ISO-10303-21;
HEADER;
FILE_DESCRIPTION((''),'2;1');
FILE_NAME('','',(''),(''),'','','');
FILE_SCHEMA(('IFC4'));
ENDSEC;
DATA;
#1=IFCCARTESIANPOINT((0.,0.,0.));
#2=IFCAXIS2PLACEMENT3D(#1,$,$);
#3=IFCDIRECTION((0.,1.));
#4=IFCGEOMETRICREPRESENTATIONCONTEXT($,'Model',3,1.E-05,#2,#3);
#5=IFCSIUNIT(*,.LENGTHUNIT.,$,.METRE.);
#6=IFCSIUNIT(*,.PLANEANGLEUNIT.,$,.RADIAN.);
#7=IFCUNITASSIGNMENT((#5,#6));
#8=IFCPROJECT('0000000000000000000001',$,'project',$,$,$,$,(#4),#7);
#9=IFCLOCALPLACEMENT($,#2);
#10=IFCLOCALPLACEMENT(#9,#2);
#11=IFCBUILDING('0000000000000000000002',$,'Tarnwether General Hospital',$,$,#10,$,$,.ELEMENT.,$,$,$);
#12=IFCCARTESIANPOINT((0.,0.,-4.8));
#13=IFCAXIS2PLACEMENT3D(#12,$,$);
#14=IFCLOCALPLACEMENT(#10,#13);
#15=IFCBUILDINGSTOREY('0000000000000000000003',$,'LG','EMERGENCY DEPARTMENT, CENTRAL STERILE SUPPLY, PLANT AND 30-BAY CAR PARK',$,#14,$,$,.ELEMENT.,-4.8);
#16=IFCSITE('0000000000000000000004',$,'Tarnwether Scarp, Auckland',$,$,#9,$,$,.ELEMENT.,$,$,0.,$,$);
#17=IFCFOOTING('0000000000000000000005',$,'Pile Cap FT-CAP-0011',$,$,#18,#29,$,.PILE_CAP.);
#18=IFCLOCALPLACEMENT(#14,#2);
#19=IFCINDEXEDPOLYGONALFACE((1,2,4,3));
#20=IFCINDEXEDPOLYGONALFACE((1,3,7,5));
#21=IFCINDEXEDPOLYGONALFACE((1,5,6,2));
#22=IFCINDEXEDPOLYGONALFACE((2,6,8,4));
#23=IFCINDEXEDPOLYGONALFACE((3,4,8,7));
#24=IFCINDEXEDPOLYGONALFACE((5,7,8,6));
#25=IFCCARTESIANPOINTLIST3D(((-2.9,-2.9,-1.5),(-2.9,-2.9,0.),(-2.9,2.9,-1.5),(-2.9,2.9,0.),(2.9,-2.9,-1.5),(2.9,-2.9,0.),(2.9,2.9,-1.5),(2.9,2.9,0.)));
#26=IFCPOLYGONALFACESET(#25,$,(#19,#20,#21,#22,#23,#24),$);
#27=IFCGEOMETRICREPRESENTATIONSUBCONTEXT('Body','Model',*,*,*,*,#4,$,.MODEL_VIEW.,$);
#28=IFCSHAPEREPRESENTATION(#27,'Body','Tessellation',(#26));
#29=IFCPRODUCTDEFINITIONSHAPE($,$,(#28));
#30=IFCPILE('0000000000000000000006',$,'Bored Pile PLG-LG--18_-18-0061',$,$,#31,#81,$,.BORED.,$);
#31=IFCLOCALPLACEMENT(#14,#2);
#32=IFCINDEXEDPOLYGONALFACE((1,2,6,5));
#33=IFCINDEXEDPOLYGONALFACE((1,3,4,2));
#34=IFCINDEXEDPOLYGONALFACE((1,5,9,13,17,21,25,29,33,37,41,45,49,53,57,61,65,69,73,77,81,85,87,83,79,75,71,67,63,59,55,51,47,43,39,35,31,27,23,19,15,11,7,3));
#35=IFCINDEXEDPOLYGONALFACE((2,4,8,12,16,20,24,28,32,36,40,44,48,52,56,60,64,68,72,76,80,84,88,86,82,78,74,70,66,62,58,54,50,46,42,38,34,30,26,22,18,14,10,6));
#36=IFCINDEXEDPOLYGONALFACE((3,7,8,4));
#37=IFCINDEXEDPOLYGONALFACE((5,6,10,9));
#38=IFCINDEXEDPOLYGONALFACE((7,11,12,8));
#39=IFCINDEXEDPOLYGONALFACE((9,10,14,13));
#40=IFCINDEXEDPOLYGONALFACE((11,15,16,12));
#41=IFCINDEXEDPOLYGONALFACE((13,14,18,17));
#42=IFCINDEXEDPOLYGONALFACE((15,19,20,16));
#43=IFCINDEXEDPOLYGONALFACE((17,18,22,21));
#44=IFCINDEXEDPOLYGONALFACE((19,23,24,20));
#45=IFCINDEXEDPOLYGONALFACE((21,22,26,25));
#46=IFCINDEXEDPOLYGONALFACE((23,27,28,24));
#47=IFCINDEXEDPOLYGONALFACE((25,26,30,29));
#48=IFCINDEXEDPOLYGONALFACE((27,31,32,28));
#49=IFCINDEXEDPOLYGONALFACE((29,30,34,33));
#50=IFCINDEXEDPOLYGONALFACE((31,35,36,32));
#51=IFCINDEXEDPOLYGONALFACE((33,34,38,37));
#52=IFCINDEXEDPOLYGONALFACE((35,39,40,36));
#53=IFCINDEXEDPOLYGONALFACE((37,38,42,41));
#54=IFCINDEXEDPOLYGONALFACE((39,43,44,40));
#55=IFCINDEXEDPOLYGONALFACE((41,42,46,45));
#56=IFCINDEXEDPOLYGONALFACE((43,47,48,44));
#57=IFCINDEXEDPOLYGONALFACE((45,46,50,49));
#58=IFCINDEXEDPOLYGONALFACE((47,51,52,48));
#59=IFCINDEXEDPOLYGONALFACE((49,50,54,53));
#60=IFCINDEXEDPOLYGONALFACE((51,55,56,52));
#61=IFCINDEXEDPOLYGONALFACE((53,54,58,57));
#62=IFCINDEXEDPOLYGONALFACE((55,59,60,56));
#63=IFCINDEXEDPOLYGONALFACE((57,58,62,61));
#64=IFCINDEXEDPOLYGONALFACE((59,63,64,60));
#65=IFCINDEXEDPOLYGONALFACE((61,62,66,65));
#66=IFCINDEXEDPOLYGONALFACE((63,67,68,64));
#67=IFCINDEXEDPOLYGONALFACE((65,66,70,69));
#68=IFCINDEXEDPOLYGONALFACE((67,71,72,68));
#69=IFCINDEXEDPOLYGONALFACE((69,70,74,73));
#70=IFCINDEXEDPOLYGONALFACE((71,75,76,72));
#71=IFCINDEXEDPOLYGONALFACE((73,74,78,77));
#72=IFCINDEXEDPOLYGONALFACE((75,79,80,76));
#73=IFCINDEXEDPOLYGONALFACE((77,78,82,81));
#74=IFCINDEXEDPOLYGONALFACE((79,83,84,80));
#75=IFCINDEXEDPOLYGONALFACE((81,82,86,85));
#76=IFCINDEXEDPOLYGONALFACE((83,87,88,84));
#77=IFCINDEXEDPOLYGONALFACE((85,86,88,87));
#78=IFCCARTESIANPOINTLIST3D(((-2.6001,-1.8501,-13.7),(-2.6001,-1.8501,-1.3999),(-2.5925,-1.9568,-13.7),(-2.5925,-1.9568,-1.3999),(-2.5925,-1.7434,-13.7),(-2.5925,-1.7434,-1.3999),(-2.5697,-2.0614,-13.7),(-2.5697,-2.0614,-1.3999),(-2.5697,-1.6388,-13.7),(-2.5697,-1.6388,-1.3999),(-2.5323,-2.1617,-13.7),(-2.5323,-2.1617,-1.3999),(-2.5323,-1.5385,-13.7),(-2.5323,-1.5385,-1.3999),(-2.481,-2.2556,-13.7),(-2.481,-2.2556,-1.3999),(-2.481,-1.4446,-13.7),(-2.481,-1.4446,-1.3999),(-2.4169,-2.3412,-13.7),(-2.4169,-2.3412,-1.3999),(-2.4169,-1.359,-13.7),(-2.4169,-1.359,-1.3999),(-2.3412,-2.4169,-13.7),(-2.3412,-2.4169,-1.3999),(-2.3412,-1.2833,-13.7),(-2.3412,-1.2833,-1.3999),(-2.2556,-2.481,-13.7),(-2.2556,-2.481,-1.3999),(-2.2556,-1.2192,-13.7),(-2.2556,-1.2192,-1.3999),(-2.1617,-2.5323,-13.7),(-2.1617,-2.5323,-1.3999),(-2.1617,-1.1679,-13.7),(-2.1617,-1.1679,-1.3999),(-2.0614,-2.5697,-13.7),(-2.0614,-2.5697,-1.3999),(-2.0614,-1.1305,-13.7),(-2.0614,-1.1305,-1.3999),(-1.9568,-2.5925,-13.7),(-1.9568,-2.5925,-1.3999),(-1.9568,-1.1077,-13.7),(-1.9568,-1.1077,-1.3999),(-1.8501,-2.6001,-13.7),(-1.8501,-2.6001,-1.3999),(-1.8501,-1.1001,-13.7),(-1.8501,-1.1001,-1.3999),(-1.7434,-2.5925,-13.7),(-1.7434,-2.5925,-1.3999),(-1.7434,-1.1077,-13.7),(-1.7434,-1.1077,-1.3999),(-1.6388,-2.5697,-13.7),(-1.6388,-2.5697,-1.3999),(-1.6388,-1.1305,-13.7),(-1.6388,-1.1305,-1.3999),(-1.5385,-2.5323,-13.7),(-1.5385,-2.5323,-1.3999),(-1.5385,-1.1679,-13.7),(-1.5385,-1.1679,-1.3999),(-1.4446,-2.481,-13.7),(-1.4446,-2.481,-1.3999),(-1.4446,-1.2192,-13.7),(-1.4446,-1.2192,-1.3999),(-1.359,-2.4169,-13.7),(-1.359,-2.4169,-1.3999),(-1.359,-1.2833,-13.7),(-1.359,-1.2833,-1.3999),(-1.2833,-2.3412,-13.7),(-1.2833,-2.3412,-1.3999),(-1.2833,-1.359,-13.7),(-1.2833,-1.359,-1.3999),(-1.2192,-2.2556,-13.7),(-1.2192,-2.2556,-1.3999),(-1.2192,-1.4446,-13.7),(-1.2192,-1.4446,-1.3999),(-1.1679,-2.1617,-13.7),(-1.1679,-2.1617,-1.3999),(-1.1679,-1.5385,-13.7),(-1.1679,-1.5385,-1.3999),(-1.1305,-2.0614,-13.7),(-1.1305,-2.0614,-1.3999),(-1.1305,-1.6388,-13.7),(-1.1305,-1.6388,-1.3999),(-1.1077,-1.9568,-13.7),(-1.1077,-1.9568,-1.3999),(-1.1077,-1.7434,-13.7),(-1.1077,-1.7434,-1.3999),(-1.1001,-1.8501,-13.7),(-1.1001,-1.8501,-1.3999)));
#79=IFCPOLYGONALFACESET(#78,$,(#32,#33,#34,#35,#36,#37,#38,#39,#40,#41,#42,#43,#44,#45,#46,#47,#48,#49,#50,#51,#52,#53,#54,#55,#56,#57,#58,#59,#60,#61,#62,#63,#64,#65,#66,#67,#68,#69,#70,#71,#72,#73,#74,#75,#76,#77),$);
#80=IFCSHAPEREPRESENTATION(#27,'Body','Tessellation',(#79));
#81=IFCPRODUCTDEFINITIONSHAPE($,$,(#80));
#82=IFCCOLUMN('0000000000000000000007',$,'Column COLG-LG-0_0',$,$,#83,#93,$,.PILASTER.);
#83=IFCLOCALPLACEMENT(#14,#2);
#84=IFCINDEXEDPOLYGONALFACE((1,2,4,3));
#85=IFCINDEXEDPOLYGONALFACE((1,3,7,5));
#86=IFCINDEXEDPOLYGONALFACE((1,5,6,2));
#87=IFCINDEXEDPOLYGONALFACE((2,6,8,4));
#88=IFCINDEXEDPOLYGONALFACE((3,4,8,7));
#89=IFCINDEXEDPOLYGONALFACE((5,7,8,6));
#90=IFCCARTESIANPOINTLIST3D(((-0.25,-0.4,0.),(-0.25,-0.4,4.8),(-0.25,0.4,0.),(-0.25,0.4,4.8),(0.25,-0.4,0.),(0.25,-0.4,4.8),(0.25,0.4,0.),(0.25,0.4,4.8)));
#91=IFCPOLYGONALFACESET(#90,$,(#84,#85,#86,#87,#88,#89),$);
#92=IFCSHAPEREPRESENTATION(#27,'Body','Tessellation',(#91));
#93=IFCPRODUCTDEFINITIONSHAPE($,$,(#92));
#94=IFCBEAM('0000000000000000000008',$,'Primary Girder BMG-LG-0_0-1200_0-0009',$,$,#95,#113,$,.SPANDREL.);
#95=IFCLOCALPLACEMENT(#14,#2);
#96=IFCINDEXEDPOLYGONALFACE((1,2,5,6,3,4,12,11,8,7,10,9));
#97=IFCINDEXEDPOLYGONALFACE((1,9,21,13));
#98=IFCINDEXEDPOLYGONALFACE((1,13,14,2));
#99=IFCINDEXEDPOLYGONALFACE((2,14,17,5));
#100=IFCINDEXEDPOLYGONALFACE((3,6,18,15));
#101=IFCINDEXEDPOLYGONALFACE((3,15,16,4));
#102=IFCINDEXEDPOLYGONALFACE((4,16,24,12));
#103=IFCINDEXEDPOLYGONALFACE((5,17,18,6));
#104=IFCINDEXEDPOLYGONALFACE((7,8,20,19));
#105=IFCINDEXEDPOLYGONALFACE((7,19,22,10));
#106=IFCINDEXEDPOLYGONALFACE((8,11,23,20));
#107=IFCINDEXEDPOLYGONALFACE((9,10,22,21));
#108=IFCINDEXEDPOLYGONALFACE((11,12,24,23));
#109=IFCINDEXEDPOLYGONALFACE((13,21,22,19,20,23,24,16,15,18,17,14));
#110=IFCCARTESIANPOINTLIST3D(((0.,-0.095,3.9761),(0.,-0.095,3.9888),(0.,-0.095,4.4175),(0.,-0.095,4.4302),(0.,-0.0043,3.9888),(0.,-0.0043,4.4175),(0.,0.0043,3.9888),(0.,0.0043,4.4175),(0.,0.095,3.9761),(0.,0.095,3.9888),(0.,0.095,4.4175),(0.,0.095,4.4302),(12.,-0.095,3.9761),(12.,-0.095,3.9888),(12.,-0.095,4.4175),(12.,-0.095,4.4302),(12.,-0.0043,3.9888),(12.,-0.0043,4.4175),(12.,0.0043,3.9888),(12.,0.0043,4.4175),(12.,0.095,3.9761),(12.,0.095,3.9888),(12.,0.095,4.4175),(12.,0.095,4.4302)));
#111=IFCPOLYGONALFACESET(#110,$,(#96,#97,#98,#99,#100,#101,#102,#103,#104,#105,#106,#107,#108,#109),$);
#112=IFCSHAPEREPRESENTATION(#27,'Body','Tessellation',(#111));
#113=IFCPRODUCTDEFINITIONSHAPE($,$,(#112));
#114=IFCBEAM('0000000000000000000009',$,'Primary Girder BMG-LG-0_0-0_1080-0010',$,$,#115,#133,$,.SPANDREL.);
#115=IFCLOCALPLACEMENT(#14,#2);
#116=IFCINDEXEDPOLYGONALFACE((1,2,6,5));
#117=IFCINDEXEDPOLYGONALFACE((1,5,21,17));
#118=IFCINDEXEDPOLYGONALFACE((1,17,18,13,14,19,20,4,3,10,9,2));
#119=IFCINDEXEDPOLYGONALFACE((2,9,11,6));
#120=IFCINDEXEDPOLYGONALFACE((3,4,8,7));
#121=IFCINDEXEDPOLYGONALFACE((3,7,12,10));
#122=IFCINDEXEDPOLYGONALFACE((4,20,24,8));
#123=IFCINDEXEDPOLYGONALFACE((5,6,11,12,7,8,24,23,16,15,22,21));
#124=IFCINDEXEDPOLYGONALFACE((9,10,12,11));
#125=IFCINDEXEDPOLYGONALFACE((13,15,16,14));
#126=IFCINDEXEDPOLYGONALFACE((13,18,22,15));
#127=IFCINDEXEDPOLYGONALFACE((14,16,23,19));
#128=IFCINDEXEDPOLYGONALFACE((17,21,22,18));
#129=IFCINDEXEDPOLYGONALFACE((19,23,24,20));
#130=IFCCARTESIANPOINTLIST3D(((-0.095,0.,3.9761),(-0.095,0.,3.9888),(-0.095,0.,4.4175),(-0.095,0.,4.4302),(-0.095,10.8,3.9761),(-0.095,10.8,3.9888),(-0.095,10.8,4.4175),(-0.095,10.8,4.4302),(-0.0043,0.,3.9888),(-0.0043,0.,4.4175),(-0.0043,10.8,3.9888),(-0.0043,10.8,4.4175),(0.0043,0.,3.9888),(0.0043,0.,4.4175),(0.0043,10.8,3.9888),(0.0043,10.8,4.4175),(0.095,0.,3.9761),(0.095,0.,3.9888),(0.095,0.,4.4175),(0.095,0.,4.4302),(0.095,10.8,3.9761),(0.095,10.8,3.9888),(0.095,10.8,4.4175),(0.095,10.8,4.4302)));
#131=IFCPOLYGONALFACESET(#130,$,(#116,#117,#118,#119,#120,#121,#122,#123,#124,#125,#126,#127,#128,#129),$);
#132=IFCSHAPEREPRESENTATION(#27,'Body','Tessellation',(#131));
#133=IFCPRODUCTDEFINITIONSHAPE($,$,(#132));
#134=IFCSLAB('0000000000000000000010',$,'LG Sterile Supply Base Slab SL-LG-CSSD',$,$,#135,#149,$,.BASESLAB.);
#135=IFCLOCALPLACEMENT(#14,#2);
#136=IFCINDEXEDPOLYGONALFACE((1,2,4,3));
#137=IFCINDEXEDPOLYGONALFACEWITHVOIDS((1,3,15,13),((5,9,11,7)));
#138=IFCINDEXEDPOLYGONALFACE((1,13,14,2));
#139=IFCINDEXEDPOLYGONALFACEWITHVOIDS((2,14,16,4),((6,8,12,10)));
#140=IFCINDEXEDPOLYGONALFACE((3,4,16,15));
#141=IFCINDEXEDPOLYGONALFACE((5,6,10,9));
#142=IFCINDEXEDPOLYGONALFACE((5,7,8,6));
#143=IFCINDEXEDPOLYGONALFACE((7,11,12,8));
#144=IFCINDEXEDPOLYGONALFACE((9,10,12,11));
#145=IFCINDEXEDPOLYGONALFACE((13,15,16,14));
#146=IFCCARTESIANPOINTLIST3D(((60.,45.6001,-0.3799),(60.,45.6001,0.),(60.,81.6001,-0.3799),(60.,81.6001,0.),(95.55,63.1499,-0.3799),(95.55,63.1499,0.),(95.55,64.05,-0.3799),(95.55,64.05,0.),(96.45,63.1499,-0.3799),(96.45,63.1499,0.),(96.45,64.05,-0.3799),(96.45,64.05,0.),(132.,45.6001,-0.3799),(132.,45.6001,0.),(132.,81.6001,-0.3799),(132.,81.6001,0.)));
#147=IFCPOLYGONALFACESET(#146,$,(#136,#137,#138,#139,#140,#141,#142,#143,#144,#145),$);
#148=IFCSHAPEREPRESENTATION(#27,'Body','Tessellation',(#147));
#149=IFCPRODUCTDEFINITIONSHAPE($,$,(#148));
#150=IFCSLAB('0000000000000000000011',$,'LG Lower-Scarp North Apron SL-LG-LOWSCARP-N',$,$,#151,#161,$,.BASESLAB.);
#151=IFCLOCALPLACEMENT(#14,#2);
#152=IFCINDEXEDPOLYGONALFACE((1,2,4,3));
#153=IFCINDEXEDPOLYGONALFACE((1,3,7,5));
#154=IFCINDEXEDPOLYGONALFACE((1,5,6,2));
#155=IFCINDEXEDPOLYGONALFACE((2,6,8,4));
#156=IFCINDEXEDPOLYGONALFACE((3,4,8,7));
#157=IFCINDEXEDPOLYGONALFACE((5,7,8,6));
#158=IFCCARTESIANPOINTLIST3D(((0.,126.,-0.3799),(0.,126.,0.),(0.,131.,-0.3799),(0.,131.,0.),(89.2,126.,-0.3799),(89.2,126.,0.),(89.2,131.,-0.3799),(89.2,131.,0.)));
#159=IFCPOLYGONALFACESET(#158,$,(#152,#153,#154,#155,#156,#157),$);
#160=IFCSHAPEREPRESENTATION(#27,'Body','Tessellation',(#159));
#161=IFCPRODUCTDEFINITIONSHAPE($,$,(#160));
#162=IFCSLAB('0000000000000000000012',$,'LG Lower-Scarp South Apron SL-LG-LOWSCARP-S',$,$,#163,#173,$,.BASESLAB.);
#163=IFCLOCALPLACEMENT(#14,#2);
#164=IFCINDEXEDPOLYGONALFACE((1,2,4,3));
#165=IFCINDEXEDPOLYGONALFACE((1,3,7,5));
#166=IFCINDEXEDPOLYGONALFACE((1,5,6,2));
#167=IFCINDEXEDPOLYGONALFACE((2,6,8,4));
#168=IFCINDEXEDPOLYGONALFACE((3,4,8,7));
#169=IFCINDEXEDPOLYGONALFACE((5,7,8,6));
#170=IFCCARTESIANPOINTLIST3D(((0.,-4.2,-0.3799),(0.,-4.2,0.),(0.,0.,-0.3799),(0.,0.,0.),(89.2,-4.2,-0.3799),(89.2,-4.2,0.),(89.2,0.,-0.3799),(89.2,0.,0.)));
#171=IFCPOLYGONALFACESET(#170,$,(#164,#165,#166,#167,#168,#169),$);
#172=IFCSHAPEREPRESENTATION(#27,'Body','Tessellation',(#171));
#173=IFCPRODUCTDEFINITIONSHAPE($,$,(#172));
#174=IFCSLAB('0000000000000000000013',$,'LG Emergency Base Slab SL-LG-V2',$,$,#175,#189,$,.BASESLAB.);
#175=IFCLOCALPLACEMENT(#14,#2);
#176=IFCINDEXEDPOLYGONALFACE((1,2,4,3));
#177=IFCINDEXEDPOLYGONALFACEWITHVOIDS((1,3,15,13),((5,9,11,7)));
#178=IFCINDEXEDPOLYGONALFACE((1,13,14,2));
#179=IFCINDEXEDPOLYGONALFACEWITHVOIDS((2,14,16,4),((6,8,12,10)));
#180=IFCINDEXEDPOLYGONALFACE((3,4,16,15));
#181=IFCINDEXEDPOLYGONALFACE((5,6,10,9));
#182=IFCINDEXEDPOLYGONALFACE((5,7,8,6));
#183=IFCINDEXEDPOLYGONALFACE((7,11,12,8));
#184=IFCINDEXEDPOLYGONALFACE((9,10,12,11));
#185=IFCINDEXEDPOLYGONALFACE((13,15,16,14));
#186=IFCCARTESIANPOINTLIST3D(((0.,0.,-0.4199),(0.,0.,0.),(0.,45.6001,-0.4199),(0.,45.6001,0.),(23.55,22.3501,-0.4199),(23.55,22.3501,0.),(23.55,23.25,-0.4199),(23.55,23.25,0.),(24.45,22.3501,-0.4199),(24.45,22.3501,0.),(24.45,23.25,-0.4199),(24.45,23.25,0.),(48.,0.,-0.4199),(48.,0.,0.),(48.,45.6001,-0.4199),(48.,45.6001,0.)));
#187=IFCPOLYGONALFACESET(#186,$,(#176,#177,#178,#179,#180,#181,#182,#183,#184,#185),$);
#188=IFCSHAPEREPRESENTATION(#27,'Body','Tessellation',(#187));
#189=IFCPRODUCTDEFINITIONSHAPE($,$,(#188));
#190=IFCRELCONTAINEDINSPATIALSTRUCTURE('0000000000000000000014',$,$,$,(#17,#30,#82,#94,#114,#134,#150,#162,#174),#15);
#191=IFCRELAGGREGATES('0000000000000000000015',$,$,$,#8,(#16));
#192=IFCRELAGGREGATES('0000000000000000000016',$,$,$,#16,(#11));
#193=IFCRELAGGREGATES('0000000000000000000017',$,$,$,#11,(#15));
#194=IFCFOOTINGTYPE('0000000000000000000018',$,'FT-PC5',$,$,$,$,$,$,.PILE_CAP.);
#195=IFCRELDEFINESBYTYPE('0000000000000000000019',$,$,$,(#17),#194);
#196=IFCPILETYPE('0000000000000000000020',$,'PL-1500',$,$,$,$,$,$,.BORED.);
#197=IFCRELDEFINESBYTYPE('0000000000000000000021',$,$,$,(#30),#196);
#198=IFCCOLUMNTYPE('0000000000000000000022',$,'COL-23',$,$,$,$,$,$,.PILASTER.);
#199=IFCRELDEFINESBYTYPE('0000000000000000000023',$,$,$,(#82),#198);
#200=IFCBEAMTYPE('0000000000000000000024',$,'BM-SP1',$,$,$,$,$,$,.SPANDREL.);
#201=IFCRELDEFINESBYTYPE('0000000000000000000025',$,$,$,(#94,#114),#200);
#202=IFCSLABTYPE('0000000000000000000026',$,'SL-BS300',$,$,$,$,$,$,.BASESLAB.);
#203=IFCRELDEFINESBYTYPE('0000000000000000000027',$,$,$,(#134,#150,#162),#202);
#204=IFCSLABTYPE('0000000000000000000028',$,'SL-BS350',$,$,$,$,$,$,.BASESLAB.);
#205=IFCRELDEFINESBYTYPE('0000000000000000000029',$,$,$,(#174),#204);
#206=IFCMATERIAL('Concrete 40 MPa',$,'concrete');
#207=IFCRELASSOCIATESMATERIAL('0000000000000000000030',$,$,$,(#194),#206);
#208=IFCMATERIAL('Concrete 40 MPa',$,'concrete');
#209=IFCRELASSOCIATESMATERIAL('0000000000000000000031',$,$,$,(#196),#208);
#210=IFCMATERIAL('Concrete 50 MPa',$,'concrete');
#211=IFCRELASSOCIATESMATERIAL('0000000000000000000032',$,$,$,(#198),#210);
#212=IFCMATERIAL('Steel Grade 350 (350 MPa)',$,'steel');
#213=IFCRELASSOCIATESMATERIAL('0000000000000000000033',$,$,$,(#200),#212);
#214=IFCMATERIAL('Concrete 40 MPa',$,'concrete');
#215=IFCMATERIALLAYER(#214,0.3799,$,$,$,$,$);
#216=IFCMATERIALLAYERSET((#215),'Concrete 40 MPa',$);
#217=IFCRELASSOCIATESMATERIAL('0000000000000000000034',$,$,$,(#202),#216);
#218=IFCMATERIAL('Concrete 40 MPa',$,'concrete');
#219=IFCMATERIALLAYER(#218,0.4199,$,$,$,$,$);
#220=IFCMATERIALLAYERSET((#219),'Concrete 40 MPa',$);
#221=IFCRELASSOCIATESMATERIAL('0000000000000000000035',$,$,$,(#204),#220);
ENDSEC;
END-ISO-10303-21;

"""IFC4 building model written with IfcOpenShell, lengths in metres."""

from ifc_helpers import new_model, si_unit, direction, frame, origin, origin_with_axes, origin_2d, place, context, subcontext, project, spatial, polyline, rectangle, circle, i_section, outline, extrude, material, layer, layer_set, material_profile, profile_set, type_object, element, save


model = new_model("IFC4")

# Units and contexts
model_context = context("Model", 3, precision=1e-05, world=origin(), true_north=direction((0.0, 1.0)))
body_context = subcontext(model_context, "Body", "Model", "MODEL_VIEW")
ifc_project = project(units=[si_unit("LENGTHUNIT", "METRE"), si_unit("PLANEANGLEUNIT", "RADIAN")], contexts=[model_context])

# Site, building, storey
site_placement = place(None, origin())
site = spatial("IfcSite", under=ifc_project, at=site_placement, Name="Tarnwether Scarp, Auckland", CompositionType="ELEMENT", RefElevation=0.0)
building_placement = place(site_placement, origin())
building = spatial("IfcBuilding", under=site, at=building_placement, Name="Tarnwether General Hospital", CompositionType="ELEMENT")
storey_placement = place(building_placement, frame((0.0, 0.0, -4.8)))
storey = spatial("IfcBuildingStorey", under=building, at=storey_placement, Name="LG", Description="EMERGENCY DEPARTMENT, CENTRAL STERILE SUPPLY, PLANT AND 30-BAY CAR PARK", CompositionType="ELEMENT", Elevation=-4.8)

# Footing
ifc_material_1 = material(Name="Concrete 40 MPa", Category="concrete")
footing_type = type_object("IfcFootingType", Name="FT-PC5", PredefinedType="PILE_CAP", material=ifc_material_1)
footing_placement = place(storey_placement, frame((0.0, 0.0, -1.5), z_axis=(0.0, 0.0, 1.0), x_axis=(1.0, 0.0, 0.0)))
element("IfcFooting", 1, at=footing_placement, inside=storey, type_object=footing_type, Name="Pile Cap FT-CAP-0011", PredefinedType="PILE_CAP", context=body_context, shape_type="SweptSolid", body=[
    extrude(rectangle(XDim=5.8, YDim=5.8, at=origin_2d()), origin(), (0.0, 0.0, 1.0), 1.5),
])

# Pile
ifc_material_2 = material(Name="Concrete 40 MPa", Category="concrete")
ifc_material_profile_1 = material_profile(ifc_material_2, circle(Radius=0.75, at=origin_2d()), Name="PILE-D1500")
ifc_profile_set_1 = profile_set([ifc_material_profile_1], Name="Concrete 40 MPa")
pile_type = type_object("IfcPileType", Name="PL-1500", PredefinedType="BORED", material=ifc_profile_set_1)
pile_placement = place(storey_placement, frame((-1.8501, -1.8501, -1.3999), z_axis=(0.0, 0.0, -1.0), x_axis=(1.0, 0.0, 0.0)))
element("IfcPile", 2, at=pile_placement, inside=storey, type_object=pile_type, Name="Bored Pile PLG-LG--18_-18-0061", PredefinedType="BORED", context=body_context, shape_type="SweptSolid", body=[
    extrude(circle(Radius=0.75, at=origin_2d()), origin(), (0.0, 0.0, 1.0), 12.3),
])

# Column
ifc_material_3 = material(Name="Concrete 50 MPa", Category="concrete")
ifc_material_profile_2 = material_profile(ifc_material_3, rectangle(XDim=0.5, YDim=0.8, at=origin_2d()), Name="RC-PIL-500x800")
ifc_profile_set_2 = profile_set([ifc_material_profile_2], Name="Concrete 50 MPa")
column_type = type_object("IfcColumnType", Name="COL-23", PredefinedType="PILASTER", material=ifc_profile_set_2)
column_placement = place(storey_placement, origin_with_axes())
element("IfcColumn", 3, at=column_placement, inside=storey, type_object=column_type, Name="Column COLG-LG-0_0", PredefinedType="PILASTER", context=body_context, shape_type="SweptSolid", body=[
    extrude(rectangle(XDim=0.5, YDim=0.8, at=origin_2d()), origin(), (0.0, 0.0, 1.0), 4.8),
])

# Beams
ifc_material_4 = material(Name="Steel Grade 350 (350 MPa)", Category="steel")
ifc_material_profile_3 = material_profile(ifc_material_4, i_section(OverallWidth=0.1899, OverallDepth=0.4541, WebThickness=0.0085, FlangeThickness=0.0127, at=origin_2d()), Name="460UB67.1")
ifc_profile_set_3 = profile_set([ifc_material_profile_3], Name="Steel Grade 350 (350 MPa)")
beam_type = type_object("IfcBeamType", Name="BM-SP1", PredefinedType="SPANDREL", material=ifc_profile_set_3)
beam_1_placement = place(storey_placement, frame((0.0, 0.0, 4.2031), z_axis=(1.0, 0.0, 0.0), x_axis=(0.0, 1.0, 0.0)))
element("IfcBeam", 4, at=beam_1_placement, inside=storey, type_object=beam_type, Name="Primary Girder BMG-LG-0_0-1200_0-0009", PredefinedType="SPANDREL", context=body_context, shape_type="SweptSolid", body=[
    extrude(i_section(OverallWidth=0.1899, OverallDepth=0.4541, WebThickness=0.0085, FlangeThickness=0.0127, at=origin_2d()), origin(), (0.0, 0.0, 1.0), 12.0),
])
beam_2_placement = place(storey_placement, frame((0.0, 0.0, 4.2031), z_axis=(0.0, 1.0, 0.0), x_axis=(-1.0, 0.0, 0.0)))
element("IfcBeam", 5, at=beam_2_placement, inside=storey, type_object=beam_type, Name="Primary Girder BMG-LG-0_0-0_1080-0010", PredefinedType="SPANDREL", context=body_context, shape_type="SweptSolid", body=[
    extrude(i_section(OverallWidth=0.1899, OverallDepth=0.4541, WebThickness=0.0085, FlangeThickness=0.0127, at=origin_2d()), origin(), (0.0, 0.0, 1.0), 10.8),
])

# Slabs
ifc_material_5 = material(Name="Concrete 40 MPa", Category="concrete")
ifc_layer_1 = layer(ifc_material_5, 0.3799)
ifc_layer_set_1 = layer_set([ifc_layer_1], Name="Concrete 40 MPa")
slab_type_1 = type_object("IfcSlabType", Name="SL-BS300", PredefinedType="BASESLAB", material=ifc_layer_set_1)
slab_1_placement = place(storey_placement, frame((0.0, 0.0, -0.3799)))
element("IfcSlab", 6, at=slab_1_placement, inside=storey, type_object=slab_type_1, Name="LG Sterile Supply Base Slab SL-LG-CSSD", PredefinedType="BASESLAB", context=body_context, shape_type="SweptSolid", body=[
    extrude(outline(polyline([(60.0, 45.6001), (60.0, 81.6001), (132.0, 81.6001), (132.0, 45.6001), (60.0, 45.6001)]), holes=[polyline([(96.45, 64.05), (95.55, 64.05), (95.55, 63.1499), (96.45, 63.1499), (96.45, 64.05)])]), origin(), (0.0, 0.0, 1.0), 0.3799),
])
slab_2_placement = place(storey_placement, frame((0.0, 0.0, -0.3799)))
element("IfcSlab", 7, at=slab_2_placement, inside=storey, type_object=slab_type_1, Name="LG Lower-Scarp North Apron SL-LG-LOWSCARP-N", PredefinedType="BASESLAB", context=body_context, shape_type="SweptSolid", body=[
    extrude(outline(polyline([(89.2, 126.0), (89.2, 131.0), (0.0, 131.0), (0.0, 126.0), (89.2, 126.0)])), origin(), (0.0, 0.0, 1.0), 0.3799),
])
slab_3_placement = place(storey_placement, frame((0.0, 0.0, -0.3799)))
element("IfcSlab", 8, at=slab_3_placement, inside=storey, type_object=slab_type_1, Name="LG Lower-Scarp South Apron SL-LG-LOWSCARP-S", PredefinedType="BASESLAB", context=body_context, shape_type="SweptSolid", body=[
    extrude(outline(polyline([(89.2, -4.2), (89.2, 0.0), (0.0, 0.0), (0.0, -4.2), (89.2, -4.2)])), origin(), (0.0, 0.0, 1.0), 0.3799),
])
ifc_material_6 = material(Name="Concrete 40 MPa", Category="concrete")
ifc_layer_2 = layer(ifc_material_6, 0.4199)
ifc_layer_set_2 = layer_set([ifc_layer_2], Name="Concrete 40 MPa")
slab_type_2 = type_object("IfcSlabType", Name="SL-BS350", PredefinedType="BASESLAB", material=ifc_layer_set_2)
slab_4_placement = place(storey_placement, frame((0.0, 0.0, -0.4199)))
element("IfcSlab", 9, at=slab_4_placement, inside=storey, type_object=slab_type_2, Name="LG Emergency Base Slab SL-LG-V2", PredefinedType="BASESLAB", context=body_context, shape_type="SweptSolid", body=[
    extrude(outline(polyline([(0.0, 0.0), (0.0, 45.6001), (48.0, 45.6001), (48.0, 0.0), (0.0, 0.0)]), holes=[polyline([(24.45, 23.25), (23.55, 23.25), (23.55, 22.3501), (24.45, 22.3501), (24.45, 23.25)])]), origin(), (0.0, 0.0, 1.0), 0.4199),
])

save(model, "model.ifc")
